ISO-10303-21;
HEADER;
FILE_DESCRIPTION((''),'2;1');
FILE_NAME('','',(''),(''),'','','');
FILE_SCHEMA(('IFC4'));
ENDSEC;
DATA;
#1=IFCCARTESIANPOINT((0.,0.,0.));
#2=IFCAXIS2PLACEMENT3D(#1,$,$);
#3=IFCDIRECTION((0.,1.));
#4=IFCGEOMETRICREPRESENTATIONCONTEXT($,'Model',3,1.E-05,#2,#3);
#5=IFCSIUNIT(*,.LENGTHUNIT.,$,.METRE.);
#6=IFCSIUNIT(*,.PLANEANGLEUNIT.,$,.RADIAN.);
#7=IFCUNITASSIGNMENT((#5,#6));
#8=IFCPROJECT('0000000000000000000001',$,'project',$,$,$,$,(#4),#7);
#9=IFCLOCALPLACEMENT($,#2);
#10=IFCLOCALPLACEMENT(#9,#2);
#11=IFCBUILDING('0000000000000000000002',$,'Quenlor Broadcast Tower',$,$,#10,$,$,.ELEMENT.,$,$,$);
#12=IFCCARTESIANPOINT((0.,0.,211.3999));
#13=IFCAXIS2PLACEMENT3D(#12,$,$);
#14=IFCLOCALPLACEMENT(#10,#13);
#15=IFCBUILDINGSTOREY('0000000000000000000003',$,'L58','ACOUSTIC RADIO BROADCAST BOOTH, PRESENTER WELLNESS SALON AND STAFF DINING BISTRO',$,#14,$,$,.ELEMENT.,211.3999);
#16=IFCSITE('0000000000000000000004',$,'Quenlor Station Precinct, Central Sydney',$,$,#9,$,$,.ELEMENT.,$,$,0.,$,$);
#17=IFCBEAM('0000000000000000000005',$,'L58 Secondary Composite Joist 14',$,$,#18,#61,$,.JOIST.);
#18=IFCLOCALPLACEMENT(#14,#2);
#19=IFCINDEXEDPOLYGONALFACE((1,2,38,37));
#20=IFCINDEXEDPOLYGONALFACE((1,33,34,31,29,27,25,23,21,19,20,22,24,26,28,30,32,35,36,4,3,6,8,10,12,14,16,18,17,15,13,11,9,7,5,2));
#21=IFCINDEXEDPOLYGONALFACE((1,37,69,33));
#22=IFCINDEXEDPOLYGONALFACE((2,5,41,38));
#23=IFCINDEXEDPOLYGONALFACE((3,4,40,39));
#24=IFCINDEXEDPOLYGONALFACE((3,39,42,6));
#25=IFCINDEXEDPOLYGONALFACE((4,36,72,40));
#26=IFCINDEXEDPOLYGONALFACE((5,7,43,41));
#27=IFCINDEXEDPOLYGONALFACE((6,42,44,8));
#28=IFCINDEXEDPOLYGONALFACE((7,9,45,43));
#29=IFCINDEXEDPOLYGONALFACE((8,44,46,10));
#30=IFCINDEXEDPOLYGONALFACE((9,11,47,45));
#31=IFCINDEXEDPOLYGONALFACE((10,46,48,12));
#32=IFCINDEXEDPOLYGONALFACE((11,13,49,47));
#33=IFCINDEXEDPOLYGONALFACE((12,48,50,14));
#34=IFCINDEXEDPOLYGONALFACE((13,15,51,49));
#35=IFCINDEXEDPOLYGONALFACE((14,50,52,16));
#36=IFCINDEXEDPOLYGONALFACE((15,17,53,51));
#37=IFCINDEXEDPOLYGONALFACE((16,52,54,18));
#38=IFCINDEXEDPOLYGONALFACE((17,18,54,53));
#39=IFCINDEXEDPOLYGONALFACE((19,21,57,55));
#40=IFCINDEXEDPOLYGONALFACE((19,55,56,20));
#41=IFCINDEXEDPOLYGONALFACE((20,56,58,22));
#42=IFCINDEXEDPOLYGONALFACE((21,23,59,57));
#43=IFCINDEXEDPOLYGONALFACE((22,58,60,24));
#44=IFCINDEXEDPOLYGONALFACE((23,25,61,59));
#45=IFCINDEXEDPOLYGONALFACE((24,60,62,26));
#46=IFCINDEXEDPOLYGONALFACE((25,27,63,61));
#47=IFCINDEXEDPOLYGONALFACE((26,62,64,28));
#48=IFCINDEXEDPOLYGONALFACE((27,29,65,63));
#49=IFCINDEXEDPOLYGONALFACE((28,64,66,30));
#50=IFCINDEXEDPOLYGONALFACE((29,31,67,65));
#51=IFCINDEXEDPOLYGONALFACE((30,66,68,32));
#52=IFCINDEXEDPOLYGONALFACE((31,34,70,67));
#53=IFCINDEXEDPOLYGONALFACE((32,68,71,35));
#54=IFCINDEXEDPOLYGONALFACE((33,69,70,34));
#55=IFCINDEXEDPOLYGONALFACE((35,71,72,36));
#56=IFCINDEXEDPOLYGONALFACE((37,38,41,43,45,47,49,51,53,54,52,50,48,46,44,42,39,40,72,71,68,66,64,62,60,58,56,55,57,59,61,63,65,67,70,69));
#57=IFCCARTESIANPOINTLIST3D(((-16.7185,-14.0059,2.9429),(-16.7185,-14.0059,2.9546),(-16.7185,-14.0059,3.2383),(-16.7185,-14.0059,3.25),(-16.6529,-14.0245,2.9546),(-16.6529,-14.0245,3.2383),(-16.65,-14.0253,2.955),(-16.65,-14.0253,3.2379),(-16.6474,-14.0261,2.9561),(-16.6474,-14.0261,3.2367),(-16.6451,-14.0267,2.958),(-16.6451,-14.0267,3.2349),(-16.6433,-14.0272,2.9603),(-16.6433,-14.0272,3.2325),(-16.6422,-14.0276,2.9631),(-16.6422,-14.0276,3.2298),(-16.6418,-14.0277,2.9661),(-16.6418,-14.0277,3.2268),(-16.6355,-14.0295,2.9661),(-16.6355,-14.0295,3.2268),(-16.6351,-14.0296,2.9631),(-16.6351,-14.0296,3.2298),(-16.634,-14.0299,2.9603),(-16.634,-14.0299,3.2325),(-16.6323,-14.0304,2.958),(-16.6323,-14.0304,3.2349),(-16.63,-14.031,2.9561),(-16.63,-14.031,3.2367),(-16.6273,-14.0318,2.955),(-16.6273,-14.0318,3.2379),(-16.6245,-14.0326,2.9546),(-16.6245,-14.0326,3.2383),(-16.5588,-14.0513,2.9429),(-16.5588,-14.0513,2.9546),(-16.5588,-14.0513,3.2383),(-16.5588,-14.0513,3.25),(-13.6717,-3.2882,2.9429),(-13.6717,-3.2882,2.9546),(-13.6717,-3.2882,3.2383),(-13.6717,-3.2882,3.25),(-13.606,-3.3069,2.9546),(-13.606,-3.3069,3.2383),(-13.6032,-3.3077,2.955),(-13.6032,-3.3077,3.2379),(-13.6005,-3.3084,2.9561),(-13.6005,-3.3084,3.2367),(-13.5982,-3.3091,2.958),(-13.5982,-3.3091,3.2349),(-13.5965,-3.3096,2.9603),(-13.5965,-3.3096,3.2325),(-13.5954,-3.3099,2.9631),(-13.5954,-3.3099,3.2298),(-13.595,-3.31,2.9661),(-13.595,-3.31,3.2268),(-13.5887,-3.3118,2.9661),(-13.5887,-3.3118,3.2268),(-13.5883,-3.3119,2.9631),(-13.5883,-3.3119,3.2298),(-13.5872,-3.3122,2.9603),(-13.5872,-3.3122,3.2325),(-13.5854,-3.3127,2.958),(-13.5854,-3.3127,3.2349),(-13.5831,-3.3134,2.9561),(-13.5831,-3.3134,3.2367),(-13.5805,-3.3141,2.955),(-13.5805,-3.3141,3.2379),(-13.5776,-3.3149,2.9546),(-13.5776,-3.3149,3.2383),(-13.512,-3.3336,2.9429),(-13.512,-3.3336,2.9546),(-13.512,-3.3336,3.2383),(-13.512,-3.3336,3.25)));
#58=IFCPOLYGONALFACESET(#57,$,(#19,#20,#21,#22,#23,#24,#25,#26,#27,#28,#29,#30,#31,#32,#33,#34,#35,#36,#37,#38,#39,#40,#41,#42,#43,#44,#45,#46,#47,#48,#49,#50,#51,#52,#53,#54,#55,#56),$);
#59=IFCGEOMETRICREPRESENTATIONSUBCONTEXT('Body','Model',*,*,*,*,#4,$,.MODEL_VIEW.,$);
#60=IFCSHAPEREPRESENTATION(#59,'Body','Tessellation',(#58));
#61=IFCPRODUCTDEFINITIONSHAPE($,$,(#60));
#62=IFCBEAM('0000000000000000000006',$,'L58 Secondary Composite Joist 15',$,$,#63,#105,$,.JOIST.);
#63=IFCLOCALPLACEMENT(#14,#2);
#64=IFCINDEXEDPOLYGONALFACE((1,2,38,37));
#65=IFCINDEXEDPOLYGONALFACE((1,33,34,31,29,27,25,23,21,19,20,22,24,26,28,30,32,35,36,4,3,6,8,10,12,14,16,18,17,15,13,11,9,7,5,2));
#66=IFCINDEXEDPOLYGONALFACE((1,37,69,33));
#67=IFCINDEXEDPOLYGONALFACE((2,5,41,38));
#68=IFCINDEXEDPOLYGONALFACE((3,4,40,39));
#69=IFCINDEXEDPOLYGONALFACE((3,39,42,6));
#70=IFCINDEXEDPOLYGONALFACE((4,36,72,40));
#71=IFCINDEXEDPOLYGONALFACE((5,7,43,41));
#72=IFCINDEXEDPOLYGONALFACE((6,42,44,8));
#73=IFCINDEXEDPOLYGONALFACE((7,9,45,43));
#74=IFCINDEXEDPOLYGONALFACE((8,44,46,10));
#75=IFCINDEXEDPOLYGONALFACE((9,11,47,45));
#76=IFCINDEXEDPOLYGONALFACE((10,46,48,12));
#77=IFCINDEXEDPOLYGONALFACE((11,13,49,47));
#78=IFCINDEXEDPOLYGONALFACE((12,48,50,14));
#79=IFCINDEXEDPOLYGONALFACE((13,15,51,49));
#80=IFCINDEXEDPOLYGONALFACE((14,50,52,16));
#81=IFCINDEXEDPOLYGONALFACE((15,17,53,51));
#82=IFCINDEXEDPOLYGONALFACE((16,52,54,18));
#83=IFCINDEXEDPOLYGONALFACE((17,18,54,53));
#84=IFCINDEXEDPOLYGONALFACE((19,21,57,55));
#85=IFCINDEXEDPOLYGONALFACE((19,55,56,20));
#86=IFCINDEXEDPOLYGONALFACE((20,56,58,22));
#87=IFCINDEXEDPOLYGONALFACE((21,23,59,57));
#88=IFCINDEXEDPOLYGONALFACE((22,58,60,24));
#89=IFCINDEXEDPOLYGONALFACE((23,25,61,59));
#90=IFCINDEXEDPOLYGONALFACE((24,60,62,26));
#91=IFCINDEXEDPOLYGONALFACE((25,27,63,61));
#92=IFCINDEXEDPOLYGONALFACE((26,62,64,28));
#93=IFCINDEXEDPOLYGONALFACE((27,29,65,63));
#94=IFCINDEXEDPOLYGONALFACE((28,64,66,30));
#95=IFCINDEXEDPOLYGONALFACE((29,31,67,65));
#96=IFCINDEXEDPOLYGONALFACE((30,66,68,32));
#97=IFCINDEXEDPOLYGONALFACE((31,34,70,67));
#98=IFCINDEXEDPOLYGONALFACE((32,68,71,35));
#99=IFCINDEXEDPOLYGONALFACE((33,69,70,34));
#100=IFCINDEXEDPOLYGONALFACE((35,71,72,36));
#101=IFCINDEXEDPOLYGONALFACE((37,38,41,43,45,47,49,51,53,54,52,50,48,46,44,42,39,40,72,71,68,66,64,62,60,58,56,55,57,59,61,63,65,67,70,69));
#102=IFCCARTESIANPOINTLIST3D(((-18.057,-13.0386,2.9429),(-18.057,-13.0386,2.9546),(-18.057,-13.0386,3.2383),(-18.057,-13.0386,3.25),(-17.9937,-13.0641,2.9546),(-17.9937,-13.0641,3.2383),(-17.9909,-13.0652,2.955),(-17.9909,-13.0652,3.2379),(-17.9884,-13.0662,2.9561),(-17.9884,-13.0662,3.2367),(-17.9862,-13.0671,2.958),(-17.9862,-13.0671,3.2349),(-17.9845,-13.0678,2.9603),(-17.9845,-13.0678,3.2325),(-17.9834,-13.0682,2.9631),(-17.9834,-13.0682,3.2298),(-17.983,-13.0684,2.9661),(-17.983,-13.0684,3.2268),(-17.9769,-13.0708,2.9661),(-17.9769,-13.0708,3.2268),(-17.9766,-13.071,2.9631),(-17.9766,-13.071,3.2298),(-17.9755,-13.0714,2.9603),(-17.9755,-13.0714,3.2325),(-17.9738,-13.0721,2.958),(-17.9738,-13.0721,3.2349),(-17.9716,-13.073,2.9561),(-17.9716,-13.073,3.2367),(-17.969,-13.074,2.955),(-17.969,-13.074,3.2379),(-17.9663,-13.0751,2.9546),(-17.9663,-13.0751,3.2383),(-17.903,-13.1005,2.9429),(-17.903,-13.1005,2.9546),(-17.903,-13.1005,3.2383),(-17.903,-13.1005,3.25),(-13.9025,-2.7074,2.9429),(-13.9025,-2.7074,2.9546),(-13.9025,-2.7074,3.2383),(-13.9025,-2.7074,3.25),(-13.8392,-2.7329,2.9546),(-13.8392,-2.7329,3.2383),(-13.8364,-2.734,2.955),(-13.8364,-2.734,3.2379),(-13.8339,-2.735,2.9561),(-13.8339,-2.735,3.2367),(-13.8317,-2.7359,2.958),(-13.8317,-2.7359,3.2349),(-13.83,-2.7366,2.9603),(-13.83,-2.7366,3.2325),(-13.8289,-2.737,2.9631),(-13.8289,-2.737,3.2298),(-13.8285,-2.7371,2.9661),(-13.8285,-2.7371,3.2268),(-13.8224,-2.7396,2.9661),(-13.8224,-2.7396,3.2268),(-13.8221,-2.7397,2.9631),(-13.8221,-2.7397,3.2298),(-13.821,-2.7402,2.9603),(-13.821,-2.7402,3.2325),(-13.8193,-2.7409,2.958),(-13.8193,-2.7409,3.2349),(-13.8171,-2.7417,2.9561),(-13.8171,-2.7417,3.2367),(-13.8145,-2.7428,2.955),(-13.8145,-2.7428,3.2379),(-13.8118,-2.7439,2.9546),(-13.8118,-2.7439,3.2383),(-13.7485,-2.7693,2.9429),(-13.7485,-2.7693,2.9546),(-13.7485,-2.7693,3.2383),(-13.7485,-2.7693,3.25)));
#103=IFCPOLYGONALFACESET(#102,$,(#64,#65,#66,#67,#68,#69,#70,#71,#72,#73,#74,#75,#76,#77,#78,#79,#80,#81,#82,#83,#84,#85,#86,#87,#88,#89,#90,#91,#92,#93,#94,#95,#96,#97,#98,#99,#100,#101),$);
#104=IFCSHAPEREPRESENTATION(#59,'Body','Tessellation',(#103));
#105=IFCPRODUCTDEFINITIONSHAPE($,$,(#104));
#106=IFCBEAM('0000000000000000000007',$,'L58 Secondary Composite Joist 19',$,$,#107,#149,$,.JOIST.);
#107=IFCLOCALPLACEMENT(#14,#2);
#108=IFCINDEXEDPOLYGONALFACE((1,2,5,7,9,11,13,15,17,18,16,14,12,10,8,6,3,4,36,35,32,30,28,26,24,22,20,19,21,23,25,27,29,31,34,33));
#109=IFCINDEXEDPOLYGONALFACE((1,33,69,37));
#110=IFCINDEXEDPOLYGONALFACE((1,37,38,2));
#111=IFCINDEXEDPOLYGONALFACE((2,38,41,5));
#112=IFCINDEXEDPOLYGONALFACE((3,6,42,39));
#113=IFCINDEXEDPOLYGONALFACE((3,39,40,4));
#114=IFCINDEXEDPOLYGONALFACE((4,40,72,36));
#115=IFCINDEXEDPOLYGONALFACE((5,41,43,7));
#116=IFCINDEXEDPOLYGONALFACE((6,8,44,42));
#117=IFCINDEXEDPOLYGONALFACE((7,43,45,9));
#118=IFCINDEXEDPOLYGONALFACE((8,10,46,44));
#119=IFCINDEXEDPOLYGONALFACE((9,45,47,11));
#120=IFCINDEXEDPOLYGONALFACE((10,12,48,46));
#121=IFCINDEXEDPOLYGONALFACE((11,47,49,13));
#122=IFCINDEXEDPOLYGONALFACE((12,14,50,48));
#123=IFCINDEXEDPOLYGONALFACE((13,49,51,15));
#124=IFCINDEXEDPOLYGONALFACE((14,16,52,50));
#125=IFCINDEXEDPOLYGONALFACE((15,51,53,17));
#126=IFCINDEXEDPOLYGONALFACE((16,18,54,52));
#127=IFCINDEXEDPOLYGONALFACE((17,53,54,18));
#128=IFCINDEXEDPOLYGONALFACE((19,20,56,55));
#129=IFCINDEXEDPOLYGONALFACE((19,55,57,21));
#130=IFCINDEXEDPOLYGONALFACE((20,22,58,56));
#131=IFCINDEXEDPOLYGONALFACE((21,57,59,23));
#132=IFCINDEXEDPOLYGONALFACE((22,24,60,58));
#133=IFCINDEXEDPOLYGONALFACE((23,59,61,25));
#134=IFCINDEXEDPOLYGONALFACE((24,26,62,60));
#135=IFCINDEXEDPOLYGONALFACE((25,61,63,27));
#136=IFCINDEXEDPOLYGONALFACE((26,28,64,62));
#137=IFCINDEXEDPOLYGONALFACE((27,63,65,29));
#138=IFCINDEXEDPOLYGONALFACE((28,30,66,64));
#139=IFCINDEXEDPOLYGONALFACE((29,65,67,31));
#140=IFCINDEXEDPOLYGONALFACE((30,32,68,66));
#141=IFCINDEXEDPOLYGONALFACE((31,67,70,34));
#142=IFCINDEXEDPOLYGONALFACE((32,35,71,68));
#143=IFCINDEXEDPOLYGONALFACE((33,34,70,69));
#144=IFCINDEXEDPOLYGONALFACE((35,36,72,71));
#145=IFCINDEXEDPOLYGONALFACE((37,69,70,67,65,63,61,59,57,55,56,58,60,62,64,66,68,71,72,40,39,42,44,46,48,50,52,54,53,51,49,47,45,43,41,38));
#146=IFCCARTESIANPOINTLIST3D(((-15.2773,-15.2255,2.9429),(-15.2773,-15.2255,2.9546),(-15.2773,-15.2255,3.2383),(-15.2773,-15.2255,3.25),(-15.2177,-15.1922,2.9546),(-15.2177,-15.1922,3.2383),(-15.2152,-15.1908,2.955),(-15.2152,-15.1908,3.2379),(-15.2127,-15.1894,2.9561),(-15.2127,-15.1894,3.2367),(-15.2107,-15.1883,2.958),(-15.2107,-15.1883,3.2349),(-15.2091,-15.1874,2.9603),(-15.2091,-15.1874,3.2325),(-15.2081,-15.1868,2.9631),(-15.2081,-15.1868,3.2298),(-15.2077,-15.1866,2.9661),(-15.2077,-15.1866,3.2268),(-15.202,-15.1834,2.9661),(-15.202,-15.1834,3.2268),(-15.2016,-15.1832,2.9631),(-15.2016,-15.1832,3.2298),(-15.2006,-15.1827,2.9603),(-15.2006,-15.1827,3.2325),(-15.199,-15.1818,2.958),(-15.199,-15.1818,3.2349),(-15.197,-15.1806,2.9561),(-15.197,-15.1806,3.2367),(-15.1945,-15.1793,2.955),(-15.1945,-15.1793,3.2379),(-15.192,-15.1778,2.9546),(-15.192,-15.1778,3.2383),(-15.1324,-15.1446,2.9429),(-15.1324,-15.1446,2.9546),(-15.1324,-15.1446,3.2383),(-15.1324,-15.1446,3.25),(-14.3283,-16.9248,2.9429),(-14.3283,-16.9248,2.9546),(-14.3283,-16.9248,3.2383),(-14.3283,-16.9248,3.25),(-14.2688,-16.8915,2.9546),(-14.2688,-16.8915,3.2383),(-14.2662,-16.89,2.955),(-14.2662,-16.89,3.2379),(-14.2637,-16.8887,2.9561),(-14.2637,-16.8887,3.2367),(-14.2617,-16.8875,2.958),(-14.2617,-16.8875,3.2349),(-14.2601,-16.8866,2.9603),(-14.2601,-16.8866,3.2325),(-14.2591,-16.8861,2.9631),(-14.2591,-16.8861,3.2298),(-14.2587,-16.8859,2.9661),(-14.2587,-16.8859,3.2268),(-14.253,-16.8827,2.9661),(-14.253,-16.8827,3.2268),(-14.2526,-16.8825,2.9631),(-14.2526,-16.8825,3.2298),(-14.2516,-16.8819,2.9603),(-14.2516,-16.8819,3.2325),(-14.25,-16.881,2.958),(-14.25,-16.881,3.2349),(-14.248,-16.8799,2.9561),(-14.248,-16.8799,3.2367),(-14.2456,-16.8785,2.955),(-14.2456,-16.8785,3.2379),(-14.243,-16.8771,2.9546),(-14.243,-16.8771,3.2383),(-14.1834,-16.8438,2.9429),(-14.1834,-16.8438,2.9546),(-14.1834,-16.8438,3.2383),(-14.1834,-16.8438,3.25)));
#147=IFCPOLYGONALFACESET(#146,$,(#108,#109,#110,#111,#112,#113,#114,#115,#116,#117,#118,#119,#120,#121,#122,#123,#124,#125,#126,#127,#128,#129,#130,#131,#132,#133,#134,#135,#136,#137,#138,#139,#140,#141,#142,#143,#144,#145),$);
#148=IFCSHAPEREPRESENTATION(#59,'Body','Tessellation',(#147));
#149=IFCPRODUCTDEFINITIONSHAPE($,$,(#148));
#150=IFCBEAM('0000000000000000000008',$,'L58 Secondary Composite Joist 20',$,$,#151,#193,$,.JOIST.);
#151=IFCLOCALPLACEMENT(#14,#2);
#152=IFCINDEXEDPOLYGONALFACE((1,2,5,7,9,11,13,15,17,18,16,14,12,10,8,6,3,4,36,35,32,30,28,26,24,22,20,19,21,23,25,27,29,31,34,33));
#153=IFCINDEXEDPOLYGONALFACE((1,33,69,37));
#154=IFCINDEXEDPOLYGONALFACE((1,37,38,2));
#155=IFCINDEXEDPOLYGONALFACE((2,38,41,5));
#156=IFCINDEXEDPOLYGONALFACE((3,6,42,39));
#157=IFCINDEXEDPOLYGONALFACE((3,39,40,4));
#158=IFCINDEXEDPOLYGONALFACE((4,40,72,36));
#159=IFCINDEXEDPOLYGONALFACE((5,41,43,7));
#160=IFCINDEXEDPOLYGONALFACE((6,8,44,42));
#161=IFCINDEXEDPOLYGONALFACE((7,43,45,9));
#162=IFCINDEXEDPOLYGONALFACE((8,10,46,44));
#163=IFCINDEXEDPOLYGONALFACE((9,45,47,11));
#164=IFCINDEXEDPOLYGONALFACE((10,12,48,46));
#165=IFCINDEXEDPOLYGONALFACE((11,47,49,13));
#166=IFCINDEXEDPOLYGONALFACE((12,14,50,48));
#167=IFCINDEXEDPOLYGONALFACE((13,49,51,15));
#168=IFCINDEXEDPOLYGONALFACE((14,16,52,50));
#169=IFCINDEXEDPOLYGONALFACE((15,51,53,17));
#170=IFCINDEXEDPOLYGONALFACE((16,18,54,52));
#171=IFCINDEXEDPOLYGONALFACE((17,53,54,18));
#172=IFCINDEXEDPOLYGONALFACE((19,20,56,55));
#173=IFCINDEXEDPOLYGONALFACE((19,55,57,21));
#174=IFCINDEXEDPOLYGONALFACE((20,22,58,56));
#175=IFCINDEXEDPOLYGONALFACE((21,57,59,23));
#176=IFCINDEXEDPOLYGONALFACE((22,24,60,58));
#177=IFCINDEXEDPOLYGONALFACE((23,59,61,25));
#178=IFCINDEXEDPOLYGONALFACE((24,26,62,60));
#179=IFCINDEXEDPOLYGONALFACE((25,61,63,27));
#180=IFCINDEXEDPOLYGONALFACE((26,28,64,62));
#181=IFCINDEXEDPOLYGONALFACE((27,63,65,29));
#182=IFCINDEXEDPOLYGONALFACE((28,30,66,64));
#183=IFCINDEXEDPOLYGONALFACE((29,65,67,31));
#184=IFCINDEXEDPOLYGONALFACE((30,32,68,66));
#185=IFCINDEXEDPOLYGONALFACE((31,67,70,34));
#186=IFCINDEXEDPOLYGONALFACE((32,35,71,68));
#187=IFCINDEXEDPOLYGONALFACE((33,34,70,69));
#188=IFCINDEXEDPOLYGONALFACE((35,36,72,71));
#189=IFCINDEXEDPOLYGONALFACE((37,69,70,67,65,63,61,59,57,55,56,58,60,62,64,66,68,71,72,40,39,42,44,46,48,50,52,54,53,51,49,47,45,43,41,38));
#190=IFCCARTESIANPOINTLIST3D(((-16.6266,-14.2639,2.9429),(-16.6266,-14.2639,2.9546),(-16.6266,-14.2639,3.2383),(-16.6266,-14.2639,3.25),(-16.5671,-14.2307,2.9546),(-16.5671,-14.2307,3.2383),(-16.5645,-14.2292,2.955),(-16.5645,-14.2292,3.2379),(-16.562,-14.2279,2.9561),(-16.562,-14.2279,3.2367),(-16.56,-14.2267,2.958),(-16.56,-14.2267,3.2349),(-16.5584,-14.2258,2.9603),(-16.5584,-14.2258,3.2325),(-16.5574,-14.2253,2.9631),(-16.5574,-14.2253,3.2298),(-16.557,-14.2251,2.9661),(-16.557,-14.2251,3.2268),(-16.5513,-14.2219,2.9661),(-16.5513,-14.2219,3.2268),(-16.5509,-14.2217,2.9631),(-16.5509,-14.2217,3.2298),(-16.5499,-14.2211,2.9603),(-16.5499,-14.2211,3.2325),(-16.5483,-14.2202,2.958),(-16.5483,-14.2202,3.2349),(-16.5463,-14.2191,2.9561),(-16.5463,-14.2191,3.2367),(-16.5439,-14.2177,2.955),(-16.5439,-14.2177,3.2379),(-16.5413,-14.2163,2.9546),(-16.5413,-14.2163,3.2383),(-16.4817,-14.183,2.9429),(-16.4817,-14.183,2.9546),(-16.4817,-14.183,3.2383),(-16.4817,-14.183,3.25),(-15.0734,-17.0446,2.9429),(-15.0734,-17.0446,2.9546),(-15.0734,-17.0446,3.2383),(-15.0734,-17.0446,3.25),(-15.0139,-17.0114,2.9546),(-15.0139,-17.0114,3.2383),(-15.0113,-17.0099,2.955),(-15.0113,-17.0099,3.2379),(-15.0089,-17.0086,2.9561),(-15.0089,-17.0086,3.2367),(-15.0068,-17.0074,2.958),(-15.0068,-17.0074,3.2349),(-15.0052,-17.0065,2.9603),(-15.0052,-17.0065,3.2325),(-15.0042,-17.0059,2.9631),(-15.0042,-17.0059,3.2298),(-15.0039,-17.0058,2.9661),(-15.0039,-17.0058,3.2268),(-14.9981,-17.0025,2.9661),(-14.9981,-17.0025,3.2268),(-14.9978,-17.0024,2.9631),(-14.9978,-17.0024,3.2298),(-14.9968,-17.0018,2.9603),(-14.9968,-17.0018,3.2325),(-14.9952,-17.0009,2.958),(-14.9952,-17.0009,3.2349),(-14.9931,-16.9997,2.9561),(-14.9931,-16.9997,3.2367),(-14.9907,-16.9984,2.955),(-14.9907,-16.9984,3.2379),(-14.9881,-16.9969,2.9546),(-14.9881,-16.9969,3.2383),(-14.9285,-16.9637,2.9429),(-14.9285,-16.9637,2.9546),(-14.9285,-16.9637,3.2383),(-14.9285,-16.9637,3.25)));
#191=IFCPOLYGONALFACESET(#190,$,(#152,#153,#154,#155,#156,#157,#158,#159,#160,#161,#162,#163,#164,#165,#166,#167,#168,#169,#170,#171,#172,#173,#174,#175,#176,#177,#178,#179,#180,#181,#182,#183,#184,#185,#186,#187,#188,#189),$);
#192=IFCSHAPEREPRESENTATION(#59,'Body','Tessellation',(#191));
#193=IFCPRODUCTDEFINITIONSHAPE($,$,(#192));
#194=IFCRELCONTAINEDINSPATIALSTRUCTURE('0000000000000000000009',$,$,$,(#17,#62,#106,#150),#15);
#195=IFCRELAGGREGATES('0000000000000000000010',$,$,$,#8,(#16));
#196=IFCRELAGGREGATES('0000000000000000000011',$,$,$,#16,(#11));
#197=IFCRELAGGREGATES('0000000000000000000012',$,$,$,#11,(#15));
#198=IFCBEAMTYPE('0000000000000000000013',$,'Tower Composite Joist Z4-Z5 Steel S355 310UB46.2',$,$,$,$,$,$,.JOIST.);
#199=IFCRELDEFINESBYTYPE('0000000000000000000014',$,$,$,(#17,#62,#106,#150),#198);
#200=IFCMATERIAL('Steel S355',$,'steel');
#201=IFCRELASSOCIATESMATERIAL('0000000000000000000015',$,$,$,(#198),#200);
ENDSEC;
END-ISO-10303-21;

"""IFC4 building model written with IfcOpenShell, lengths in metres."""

from ifc_helpers import new_model, si_unit, direction, frame, origin, origin_2d, place, context, subcontext, project, spatial, i_section, extrude, material, material_profile, profile_set, type_object, element, save


model = new_model("IFC4")

# Units and contexts
model_context = context("Model", 3, precision=1e-05, world=origin(), true_north=direction((0.0, 1.0)))
body_context = subcontext(model_context, "Body", "Model", "MODEL_VIEW")
ifc_project = project(units=[si_unit("LENGTHUNIT", "METRE"), si_unit("PLANEANGLEUNIT", "RADIAN")], contexts=[model_context])

# Site, building, storey
site_placement = place(None, origin())
site = spatial("IfcSite", under=ifc_project, at=site_placement, Name="Quenlor Station Precinct, Central Sydney", CompositionType="ELEMENT", RefElevation=0.0)
building_placement = place(site_placement, origin())
building = spatial("IfcBuilding", under=site, at=building_placement, Name="Quenlor Broadcast Tower", CompositionType="ELEMENT")
storey_placement = place(building_placement, frame((0.0, 0.0, 211.3999)))
storey = spatial("IfcBuildingStorey", under=building, at=storey_placement, Name="L58", Description="ACOUSTIC RADIO BROADCAST BOOTH, PRESENTER WELLNESS SALON AND STAFF DINING BISTRO", CompositionType="ELEMENT", Elevation=211.3999)

# Beams
ifc_material_1 = material(Name="Steel S355", Category="steel")
ifc_material_profile_1 = material_profile(ifc_material_1, i_section(OverallWidth=0.166, OverallDepth=0.3071, WebThickness=0.0066, FlangeThickness=0.0117, FilletRadius=0.0115, at=origin_2d()))
ifc_profile_set_1 = profile_set([ifc_material_profile_1], Name="Steel S355 310UB46.2")
beam_type_1 = type_object("IfcBeamType", Name="Tower Composite Joist Z4-Z5 Steel S355 310UB46.2", PredefinedType="JOIST", material=ifc_profile_set_1)
beam_1_placement = place(storey_placement, frame((-16.6387, -14.0286, 3.0964), z_axis=(0.273448, 0.961887, 0.0), x_axis=(-0.961887, 0.273448, 0.0)))
element("IfcBeam", 1, at=beam_1_placement, inside=storey, type_object=beam_type_1, Name="L58 Secondary Composite Joist 14", PredefinedType="JOIST", context=body_context, shape_type="SweptSolid", body=[
    extrude(i_section(OverallWidth=0.166, OverallDepth=0.3071, WebThickness=0.0066, FlangeThickness=0.0117, FilletRadius=0.0115, at=origin_2d()), origin(), (0.0, 0.0, 1.0), 11.1423),
])
beam_2_placement = place(storey_placement, frame((-17.98, -13.0696, 3.0964), z_axis=(0.373095, 0.927793, 0.0), x_axis=(-0.927793, 0.373095, 0.0)))
element("IfcBeam", 2, at=beam_2_placement, inside=storey, type_object=beam_type_1, Name="L58 Secondary Composite Joist 15", PredefinedType="JOIST", context=body_context, shape_type="SweptSolid", body=[
    extrude(i_section(OverallWidth=0.166, OverallDepth=0.3071, WebThickness=0.0066, FlangeThickness=0.0117, FilletRadius=0.0115, at=origin_2d()), origin(), (0.0, 0.0, 1.0), 11.1353),
])
beam_3_placement = place(storey_placement, frame((-14.2559, -16.8843, 3.0964), z_axis=(-0.487591, 0.873072, 0.0), x_axis=(-0.873072, -0.487591, 0.0)))
element("IfcBeam", 3, at=beam_3_placement, inside=storey, type_object=beam_type_1, Name="L58 Secondary Composite Joist 19", PredefinedType="JOIST", context=body_context, shape_type="SweptSolid", body=[
    extrude(i_section(OverallWidth=0.166, OverallDepth=0.3071, WebThickness=0.0066, FlangeThickness=0.0117, FilletRadius=0.0115, at=origin_2d()), origin(), (0.0, 0.0, 1.0), 1.9463),
])
beam_4_placement = place(storey_placement, frame((-15.001, -17.0042, 3.0964), z_axis=(-0.487646, 0.873041, 0.0), x_axis=(-0.873041, -0.487646, 0.0)))
element("IfcBeam", 4, at=beam_4_placement, inside=storey, type_object=beam_type_1, Name="L58 Secondary Composite Joist 20", PredefinedType="JOIST", context=body_context, shape_type="SweptSolid", body=[
    extrude(i_section(OverallWidth=0.166, OverallDepth=0.3071, WebThickness=0.0066, FlangeThickness=0.0117, FilletRadius=0.0115, at=origin_2d()), origin(), (0.0, 0.0, 1.0), 3.1851),
])

save(model, "model.ifc")
